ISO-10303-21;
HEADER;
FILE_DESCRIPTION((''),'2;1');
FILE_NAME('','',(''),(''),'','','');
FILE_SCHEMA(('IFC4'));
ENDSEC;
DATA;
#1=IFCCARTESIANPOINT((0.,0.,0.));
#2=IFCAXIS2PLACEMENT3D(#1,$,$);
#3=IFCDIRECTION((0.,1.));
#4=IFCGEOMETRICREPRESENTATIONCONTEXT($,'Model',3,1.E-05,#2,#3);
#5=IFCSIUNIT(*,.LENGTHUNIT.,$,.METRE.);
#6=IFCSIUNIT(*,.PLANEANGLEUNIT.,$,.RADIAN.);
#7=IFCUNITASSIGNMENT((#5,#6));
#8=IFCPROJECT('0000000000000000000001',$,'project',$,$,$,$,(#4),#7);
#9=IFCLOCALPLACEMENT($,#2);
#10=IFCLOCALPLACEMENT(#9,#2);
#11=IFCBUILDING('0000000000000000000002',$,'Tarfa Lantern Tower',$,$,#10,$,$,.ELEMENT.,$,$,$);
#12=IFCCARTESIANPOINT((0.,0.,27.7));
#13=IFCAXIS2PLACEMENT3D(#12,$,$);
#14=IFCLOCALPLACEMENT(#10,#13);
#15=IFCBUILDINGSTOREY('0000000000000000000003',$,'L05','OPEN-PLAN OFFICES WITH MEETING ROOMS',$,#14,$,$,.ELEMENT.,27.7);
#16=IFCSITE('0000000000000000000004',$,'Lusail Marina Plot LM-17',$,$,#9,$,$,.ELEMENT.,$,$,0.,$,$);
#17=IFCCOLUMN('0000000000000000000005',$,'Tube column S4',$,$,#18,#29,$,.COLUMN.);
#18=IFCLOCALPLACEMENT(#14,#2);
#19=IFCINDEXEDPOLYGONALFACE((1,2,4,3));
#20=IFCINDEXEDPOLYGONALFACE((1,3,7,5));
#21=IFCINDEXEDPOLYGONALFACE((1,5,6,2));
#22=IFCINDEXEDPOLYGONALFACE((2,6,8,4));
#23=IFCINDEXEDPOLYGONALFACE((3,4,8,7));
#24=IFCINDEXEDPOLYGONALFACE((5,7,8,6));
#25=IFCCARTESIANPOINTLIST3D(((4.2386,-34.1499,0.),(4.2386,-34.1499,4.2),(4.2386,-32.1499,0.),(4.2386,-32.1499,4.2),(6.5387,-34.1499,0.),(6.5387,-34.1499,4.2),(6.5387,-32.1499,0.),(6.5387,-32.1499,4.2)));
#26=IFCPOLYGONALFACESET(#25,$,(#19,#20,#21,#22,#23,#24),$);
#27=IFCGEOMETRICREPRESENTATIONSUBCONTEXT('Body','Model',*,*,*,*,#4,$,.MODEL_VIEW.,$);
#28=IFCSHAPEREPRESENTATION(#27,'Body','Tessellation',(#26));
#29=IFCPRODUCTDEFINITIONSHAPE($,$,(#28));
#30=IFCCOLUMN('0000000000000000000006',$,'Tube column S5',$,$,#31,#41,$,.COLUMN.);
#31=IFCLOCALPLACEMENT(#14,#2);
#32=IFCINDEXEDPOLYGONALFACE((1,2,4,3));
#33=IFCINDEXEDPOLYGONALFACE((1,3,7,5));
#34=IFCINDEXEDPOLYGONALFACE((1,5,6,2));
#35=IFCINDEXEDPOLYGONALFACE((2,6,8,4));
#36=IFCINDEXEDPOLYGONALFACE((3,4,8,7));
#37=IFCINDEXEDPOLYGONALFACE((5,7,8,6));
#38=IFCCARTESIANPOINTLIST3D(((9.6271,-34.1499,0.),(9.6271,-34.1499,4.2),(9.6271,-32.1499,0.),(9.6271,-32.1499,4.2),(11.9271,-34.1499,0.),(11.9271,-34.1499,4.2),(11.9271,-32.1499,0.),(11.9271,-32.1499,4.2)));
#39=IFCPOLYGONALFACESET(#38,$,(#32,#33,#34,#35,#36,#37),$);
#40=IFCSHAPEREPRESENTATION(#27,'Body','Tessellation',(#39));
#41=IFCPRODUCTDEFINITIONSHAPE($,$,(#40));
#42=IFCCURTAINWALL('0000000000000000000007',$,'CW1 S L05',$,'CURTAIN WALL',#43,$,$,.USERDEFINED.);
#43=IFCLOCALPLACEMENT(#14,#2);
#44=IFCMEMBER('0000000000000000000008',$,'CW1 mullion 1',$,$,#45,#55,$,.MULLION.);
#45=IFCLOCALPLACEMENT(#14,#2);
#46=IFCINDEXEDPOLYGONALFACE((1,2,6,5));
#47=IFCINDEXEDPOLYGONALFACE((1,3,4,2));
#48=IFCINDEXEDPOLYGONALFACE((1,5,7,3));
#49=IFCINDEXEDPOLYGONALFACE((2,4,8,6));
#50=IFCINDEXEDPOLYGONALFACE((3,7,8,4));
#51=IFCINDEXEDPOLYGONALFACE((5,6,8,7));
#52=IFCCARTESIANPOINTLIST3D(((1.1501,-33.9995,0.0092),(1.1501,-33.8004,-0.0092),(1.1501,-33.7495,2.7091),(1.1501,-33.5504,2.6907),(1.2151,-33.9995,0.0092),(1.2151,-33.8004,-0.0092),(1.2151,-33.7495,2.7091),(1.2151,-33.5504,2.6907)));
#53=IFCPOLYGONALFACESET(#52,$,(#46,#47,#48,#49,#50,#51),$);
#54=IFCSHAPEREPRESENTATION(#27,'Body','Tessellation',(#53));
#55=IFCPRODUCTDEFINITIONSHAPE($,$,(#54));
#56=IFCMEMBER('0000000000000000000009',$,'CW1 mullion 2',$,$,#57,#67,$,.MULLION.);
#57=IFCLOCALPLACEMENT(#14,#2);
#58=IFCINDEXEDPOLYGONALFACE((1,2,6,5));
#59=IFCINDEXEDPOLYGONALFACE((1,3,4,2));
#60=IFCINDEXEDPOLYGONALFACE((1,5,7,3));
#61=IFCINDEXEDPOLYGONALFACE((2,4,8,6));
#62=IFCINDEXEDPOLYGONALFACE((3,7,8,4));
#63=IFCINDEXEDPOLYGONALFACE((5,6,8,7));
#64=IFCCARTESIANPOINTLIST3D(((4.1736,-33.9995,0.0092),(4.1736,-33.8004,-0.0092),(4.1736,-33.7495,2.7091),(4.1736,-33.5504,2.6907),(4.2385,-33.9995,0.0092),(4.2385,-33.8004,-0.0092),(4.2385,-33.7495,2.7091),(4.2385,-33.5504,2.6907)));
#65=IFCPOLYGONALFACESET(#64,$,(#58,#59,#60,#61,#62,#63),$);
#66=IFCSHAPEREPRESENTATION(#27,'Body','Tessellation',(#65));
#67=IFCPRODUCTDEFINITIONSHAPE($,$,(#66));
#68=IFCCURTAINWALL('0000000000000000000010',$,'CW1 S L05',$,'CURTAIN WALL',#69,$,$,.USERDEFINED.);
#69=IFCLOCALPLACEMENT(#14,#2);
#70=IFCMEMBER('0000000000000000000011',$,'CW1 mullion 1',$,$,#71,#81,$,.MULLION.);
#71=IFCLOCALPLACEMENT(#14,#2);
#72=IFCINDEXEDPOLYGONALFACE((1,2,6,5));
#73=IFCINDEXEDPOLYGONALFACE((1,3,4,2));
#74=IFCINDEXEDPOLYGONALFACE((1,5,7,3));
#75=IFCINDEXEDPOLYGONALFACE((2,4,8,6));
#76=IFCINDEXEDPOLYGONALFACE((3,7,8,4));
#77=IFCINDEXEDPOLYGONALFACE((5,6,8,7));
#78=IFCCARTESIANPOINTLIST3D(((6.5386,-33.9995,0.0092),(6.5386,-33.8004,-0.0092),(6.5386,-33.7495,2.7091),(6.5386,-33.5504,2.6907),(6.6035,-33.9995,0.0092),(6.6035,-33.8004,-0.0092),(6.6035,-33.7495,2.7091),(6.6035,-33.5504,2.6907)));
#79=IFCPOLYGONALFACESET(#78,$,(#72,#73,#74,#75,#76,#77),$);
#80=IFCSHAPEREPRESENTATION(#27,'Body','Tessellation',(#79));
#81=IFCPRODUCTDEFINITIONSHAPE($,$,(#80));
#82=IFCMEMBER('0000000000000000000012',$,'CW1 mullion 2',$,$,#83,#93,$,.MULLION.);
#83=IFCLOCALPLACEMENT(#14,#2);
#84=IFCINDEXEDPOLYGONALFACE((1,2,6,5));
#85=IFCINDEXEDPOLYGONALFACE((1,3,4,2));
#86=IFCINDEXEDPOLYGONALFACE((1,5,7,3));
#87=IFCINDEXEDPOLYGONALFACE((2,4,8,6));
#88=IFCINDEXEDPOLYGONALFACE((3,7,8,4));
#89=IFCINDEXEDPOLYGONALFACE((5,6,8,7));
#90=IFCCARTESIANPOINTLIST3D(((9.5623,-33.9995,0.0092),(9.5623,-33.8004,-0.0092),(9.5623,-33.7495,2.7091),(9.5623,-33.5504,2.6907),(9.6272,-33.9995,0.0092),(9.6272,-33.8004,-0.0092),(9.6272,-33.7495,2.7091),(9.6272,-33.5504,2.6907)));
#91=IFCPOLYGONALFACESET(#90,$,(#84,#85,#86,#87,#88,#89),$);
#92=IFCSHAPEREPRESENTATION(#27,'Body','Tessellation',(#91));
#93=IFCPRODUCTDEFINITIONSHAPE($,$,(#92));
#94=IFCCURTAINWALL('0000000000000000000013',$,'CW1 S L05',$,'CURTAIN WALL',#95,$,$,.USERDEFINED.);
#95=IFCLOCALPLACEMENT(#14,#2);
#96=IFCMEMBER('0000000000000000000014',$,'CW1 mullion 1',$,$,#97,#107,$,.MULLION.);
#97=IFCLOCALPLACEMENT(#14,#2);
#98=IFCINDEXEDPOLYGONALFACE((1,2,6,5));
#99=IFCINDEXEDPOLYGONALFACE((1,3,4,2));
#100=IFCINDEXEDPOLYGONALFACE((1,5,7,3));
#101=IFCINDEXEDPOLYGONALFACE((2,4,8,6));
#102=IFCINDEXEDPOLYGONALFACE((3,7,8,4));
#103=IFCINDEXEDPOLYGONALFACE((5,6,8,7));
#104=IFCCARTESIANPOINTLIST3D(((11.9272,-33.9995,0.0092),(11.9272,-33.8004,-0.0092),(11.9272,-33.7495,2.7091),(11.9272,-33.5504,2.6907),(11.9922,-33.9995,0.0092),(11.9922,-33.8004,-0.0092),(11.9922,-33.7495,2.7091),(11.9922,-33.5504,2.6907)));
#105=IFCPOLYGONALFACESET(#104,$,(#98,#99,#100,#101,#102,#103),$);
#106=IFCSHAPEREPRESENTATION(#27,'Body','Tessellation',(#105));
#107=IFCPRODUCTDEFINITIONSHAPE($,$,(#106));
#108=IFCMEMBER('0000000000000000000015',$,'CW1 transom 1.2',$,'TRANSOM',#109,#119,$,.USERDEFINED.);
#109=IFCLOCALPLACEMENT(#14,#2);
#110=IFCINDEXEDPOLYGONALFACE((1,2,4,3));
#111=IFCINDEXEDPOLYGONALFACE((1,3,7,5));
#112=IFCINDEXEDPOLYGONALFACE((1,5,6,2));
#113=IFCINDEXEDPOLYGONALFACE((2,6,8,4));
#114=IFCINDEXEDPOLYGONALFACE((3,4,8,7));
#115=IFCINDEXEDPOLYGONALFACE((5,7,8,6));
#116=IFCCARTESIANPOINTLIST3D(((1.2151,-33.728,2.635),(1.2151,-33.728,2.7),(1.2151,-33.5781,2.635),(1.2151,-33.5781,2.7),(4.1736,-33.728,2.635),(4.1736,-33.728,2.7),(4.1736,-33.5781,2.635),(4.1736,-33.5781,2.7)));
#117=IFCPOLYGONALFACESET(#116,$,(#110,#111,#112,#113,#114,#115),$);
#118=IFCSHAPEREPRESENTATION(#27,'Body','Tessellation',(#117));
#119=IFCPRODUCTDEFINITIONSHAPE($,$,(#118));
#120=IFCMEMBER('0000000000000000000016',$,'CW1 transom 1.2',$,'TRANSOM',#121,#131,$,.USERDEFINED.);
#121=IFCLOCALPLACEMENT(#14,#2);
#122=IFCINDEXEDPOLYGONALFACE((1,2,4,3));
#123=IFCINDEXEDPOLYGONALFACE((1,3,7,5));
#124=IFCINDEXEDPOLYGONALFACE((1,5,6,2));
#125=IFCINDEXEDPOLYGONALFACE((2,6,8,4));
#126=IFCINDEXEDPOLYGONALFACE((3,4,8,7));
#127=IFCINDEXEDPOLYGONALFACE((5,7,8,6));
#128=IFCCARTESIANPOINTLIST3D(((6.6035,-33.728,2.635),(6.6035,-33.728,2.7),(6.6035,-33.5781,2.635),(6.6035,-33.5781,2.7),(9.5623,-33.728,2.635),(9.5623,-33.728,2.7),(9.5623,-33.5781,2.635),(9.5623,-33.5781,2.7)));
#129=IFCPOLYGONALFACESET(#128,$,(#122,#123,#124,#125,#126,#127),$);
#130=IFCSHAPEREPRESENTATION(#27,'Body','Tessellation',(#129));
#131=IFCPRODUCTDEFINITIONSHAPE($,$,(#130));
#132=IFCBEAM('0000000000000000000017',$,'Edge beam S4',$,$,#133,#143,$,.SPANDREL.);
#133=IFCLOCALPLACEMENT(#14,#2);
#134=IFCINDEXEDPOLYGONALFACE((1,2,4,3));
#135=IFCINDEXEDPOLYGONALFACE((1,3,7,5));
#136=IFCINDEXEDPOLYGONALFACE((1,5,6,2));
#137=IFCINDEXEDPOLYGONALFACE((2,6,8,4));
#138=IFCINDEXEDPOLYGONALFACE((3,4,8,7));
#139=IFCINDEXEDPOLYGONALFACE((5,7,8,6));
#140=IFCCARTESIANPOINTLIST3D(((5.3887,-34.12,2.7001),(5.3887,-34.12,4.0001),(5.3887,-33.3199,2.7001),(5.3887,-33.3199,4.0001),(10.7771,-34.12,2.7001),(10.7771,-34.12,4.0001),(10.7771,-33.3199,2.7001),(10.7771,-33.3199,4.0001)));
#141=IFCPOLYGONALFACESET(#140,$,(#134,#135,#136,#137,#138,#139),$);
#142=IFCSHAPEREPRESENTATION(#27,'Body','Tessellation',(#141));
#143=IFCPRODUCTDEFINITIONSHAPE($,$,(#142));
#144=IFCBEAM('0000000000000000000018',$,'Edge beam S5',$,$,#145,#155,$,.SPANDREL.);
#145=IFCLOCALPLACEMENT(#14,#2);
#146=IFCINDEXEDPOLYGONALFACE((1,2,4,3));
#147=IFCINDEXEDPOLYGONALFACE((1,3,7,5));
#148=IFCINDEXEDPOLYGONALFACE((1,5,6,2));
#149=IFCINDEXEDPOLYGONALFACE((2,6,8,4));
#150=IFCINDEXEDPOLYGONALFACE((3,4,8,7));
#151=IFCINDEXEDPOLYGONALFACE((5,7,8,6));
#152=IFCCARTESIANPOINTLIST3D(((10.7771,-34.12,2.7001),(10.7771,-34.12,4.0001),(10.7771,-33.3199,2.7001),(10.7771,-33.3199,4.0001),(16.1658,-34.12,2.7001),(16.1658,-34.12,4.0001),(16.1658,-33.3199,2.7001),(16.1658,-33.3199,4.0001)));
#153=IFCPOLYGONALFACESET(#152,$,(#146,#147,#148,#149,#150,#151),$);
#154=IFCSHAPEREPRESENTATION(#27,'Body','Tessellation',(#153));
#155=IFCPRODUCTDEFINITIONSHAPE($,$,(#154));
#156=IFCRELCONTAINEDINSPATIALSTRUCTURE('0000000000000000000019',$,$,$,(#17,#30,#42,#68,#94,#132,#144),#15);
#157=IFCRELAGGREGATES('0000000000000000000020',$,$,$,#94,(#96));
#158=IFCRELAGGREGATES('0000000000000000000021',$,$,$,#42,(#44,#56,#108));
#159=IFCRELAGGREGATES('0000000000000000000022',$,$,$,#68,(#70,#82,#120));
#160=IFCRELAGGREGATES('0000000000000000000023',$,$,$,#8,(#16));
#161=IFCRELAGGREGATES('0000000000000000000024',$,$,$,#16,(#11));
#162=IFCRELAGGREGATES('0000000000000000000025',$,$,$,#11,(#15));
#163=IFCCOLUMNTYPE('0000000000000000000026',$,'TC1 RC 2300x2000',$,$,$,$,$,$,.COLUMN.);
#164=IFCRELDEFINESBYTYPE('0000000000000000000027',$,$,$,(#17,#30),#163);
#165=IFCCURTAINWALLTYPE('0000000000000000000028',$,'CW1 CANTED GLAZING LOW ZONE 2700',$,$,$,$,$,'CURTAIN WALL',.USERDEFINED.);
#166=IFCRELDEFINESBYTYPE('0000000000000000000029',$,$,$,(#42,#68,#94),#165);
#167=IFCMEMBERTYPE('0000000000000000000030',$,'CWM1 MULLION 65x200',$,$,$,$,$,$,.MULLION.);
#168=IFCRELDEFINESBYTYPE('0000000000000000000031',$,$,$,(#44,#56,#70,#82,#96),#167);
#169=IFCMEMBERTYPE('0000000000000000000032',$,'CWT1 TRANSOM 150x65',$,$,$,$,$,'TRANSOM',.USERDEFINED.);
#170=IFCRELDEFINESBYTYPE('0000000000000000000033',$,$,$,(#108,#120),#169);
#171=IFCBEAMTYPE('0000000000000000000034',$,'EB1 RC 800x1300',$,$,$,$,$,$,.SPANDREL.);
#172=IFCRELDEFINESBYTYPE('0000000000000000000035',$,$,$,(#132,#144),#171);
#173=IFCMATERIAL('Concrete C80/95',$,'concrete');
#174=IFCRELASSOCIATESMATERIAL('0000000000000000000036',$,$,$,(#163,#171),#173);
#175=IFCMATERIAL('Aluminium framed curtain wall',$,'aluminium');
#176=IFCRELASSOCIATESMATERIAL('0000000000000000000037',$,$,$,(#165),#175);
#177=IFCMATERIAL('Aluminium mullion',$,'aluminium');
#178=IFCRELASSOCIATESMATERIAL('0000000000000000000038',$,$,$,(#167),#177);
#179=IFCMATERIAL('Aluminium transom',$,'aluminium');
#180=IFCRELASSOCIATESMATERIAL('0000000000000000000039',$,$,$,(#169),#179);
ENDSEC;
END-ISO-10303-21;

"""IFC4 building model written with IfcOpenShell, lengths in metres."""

from ifc_helpers import new_model, si_unit, direction, frame, origin, origin_2d, place, context, subcontext, project, spatial, rectangle, extrude, material, material_profile, profile_set, type_object, element, aggregate, save


model = new_model("IFC4")

# Units and contexts
model_context = context("Model", 3, precision=1e-05, world=origin(), true_north=direction((0.0, 1.0)))
body_context = subcontext(model_context, "Body", "Model", "MODEL_VIEW")
ifc_project = project(units=[si_unit("LENGTHUNIT", "METRE"), si_unit("PLANEANGLEUNIT", "RADIAN")], contexts=[model_context])

# Site, building, storey
site_placement = place(None, origin())
site = spatial("IfcSite", under=ifc_project, at=site_placement, Name="Lusail Marina Plot LM-17", CompositionType="ELEMENT", RefElevation=0.0)
building_placement = place(site_placement, origin())
building = spatial("IfcBuilding", under=site, at=building_placement, Name="Tarfa Lantern Tower", CompositionType="ELEMENT")
storey_placement = place(building_placement, frame((0.0, 0.0, 27.7)))
storey = spatial("IfcBuildingStorey", under=building, at=storey_placement, Name="L05", Description="OPEN-PLAN OFFICES WITH MEETING ROOMS", CompositionType="ELEMENT", Elevation=27.7)

# Columns
ifc_material_1 = material(Name="Concrete C80/95", Category="concrete")
ifc_material_profile_1 = material_profile(ifc_material_1, rectangle(XDim=2.3, YDim=2.0, at=origin_2d()), Name="RC 2300x2000")
ifc_profile_set_1 = profile_set([ifc_material_profile_1], Name="Concrete C80/95")
column_type = type_object("IfcColumnType", Name="TC1 RC 2300x2000", PredefinedType="COLUMN", material=ifc_profile_set_1)
for number, where, z_axis, x_axis, name in (
    (1, (5.3887, -33.1499, 0.0), (0.0, 0.0, 1.0), (1.0, 0.0, 0.0), "Tube column S4"),
    (2, (10.7771, -33.1499, 0.0), (0.0, 0.0, 1.0), (1.0, 0.0, 0.0), "Tube column S5"),
):
    element("IfcColumn", number, at=place(storey_placement, frame(where, z_axis=z_axis, x_axis=x_axis)), inside=storey, type_object=column_type, Name=name, PredefinedType="COLUMN", context=body_context, shape_type="SweptSolid", body=[
        extrude(rectangle(XDim=2.3, YDim=2.0, at=origin_2d()), origin(), (0.0, 0.0, 1.0), 4.2),
    ])

# Curtain walls, members
ifc_material_2 = material(Name="Aluminium framed curtain wall", Category="aluminium")
curtain_wall_type = type_object("IfcCurtainWallType", Name="CW1 CANTED GLAZING LOW ZONE 2700", ElementType="CURTAIN WALL", PredefinedType="USERDEFINED", material=ifc_material_2)
curtain_wall_1_placement = place(storey_placement, origin())
curtain_wall_1 = element("IfcCurtainWall", 3, at=curtain_wall_1_placement, inside=storey, type_object=curtain_wall_type, Name="CW1 S L05", ObjectType="CURTAIN WALL", PredefinedType="USERDEFINED")
ifc_material_3 = material(Name="Aluminium mullion", Category="aluminium")
ifc_material_profile_2 = material_profile(ifc_material_3, rectangle(XDim=0.0649, YDim=0.2, at=origin_2d()), Name="AL MULLION 65x200")
ifc_profile_set_2 = profile_set([ifc_material_profile_2], Name="Aluminium mullion")
member_type_1 = type_object("IfcMemberType", Name="CWM1 MULLION 65x200", PredefinedType="MULLION", material=ifc_profile_set_2)
member_1_placement = place(storey_placement, frame((1.1826, -33.8999, 0.0), z_axis=(0.0, 0.0922, 0.995741), x_axis=(-1.0, 0.0, 0.0)))
member_1 = element("IfcMember", 4, at=member_1_placement, type_object=member_type_1, Name="CW1 mullion 1", PredefinedType="MULLION", context=body_context, shape_type="SweptSolid", body=[
    extrude(rectangle(XDim=0.0649, YDim=0.2, at=origin_2d()), origin(), (0.0, 0.0, 1.0), 2.7114),
])
member_2_placement = place(storey_placement, frame((4.2061, -33.8999, 0.0), z_axis=(0.0, 0.0922, 0.995741), x_axis=(-1.0, 0.0, 0.0)))
member_2 = element("IfcMember", 5, at=member_2_placement, type_object=member_type_1, Name="CW1 mullion 2", PredefinedType="MULLION", context=body_context, shape_type="SweptSolid", body=[
    extrude(rectangle(XDim=0.0649, YDim=0.2, at=origin_2d()), origin(), (0.0, 0.0, 1.0), 2.7114),
])
curtain_wall_2_placement = place(storey_placement, origin())
curtain_wall_2 = element("IfcCurtainWall", 6, at=curtain_wall_2_placement, inside=storey, type_object=curtain_wall_type, Name="CW1 S L05", ObjectType="CURTAIN WALL", PredefinedType="USERDEFINED")
member_3_placement = place(storey_placement, frame((6.571, -33.8999, 0.0), z_axis=(0.0, 0.0922, 0.995741), x_axis=(-1.0, 0.0, 0.0)))
member_3 = element("IfcMember", 7, at=member_3_placement, type_object=member_type_1, Name="CW1 mullion 1", PredefinedType="MULLION", context=body_context, shape_type="SweptSolid", body=[
    extrude(rectangle(XDim=0.0649, YDim=0.2, at=origin_2d()), origin(), (0.0, 0.0, 1.0), 2.7114),
])
member_4_placement = place(storey_placement, frame((9.5947, -33.8999, 0.0), z_axis=(0.0, 0.0922, 0.995741), x_axis=(-1.0, 0.0, 0.0)))
member_4 = element("IfcMember", 8, at=member_4_placement, type_object=member_type_1, Name="CW1 mullion 2", PredefinedType="MULLION", context=body_context, shape_type="SweptSolid", body=[
    extrude(rectangle(XDim=0.0649, YDim=0.2, at=origin_2d()), origin(), (0.0, 0.0, 1.0), 2.7114),
])

# Curtain wall, member
curtain_wall_3_placement = place(storey_placement, origin())
curtain_wall_3 = element("IfcCurtainWall", 9, at=curtain_wall_3_placement, inside=storey, type_object=curtain_wall_type, Name="CW1 S L05", ObjectType="CURTAIN WALL", PredefinedType="USERDEFINED")
member_5_placement = place(storey_placement, frame((11.9597, -33.8999, 0.0), z_axis=(0.0, 0.0922, 0.995741), x_axis=(-1.0, 0.0, 0.0)))
member_5 = element("IfcMember", 10, at=member_5_placement, type_object=member_type_1, Name="CW1 mullion 1", PredefinedType="MULLION", context=body_context, shape_type="SweptSolid", body=[
    extrude(rectangle(XDim=0.0649, YDim=0.2, at=origin_2d()), origin(), (0.0, 0.0, 1.0), 2.7114),
])
aggregate(curtain_wall_3, [member_5])

# Members
ifc_material_4 = material(Name="Aluminium transom", Category="aluminium")
ifc_material_profile_3 = material_profile(ifc_material_4, rectangle(XDim=0.1499, YDim=0.0649, at=origin_2d()), Name="AL TRANSOM 150x65")
ifc_profile_set_3 = profile_set([ifc_material_profile_3], Name="Aluminium transom")
member_type_2 = type_object("IfcMemberType", Name="CWT1 TRANSOM 150x65", ElementType="TRANSOM", PredefinedType="USERDEFINED", material=ifc_profile_set_3)
member_6_placement = place(storey_placement, frame((1.2151, -33.6531, 2.6675), z_axis=(1.0, 0.0, 0.0), x_axis=(0.0, 1.0, 0.0)))
member_6 = element("IfcMember", 11, at=member_6_placement, type_object=member_type_2, Name="CW1 transom 1.2", ObjectType="TRANSOM", PredefinedType="USERDEFINED", context=body_context, shape_type="SweptSolid", body=[
    extrude(rectangle(XDim=0.1499, YDim=0.0649, at=origin_2d()), origin(), (0.0, 0.0, 1.0), 2.9585),
])
member_7_placement = place(storey_placement, frame((6.6035, -33.6531, 2.6675), z_axis=(1.0, 0.0, 0.0), x_axis=(0.0, 1.0, 0.0)))
member_7 = element("IfcMember", 12, at=member_7_placement, type_object=member_type_2, Name="CW1 transom 1.2", ObjectType="TRANSOM", PredefinedType="USERDEFINED", context=body_context, shape_type="SweptSolid", body=[
    extrude(rectangle(XDim=0.1499, YDim=0.0649, at=origin_2d()), origin(), (0.0, 0.0, 1.0), 2.9587),
])

# Beams
ifc_material_profile_4 = material_profile(ifc_material_1, rectangle(XDim=0.8, YDim=1.3, at=origin_2d()), Name="RC 800x1300")
ifc_profile_set_4 = profile_set([ifc_material_profile_4], Name="Concrete C80/95")
beam_type_1 = type_object("IfcBeamType", Name="EB1 RC 800x1300", PredefinedType="SPANDREL", material=ifc_profile_set_4)
beam_1_placement = place(storey_placement, frame((5.3887, -33.72, 3.3501), z_axis=(1.0, 0.0, 0.0), x_axis=(0.0, 1.0, 0.0)))
element("IfcBeam", 13, at=beam_1_placement, inside=storey, type_object=beam_type_1, Name="Edge beam S4", PredefinedType="SPANDREL", context=body_context, shape_type="SweptSolid", body=[
    extrude(rectangle(XDim=0.8, YDim=1.3, at=origin_2d()), origin(), (0.0, 0.0, 1.0), 5.3884),
])
beam_2_placement = place(storey_placement, frame((10.7771, -33.72, 3.3501), z_axis=(1.0, 0.0, 0.0), x_axis=(0.0, 1.0, 0.0)))
element("IfcBeam", 14, at=beam_2_placement, inside=storey, type_object=beam_type_1, Name="Edge beam S5", PredefinedType="SPANDREL", context=body_context, shape_type="SweptSolid", body=[
    extrude(rectangle(XDim=0.8, YDim=1.3, at=origin_2d()), origin(), (0.0, 0.0, 1.0), 5.3887),
])

aggregate(curtain_wall_1, [member_1, member_2, member_6])
aggregate(curtain_wall_2, [member_3, member_4, member_7])

save(model, "model.ifc")
